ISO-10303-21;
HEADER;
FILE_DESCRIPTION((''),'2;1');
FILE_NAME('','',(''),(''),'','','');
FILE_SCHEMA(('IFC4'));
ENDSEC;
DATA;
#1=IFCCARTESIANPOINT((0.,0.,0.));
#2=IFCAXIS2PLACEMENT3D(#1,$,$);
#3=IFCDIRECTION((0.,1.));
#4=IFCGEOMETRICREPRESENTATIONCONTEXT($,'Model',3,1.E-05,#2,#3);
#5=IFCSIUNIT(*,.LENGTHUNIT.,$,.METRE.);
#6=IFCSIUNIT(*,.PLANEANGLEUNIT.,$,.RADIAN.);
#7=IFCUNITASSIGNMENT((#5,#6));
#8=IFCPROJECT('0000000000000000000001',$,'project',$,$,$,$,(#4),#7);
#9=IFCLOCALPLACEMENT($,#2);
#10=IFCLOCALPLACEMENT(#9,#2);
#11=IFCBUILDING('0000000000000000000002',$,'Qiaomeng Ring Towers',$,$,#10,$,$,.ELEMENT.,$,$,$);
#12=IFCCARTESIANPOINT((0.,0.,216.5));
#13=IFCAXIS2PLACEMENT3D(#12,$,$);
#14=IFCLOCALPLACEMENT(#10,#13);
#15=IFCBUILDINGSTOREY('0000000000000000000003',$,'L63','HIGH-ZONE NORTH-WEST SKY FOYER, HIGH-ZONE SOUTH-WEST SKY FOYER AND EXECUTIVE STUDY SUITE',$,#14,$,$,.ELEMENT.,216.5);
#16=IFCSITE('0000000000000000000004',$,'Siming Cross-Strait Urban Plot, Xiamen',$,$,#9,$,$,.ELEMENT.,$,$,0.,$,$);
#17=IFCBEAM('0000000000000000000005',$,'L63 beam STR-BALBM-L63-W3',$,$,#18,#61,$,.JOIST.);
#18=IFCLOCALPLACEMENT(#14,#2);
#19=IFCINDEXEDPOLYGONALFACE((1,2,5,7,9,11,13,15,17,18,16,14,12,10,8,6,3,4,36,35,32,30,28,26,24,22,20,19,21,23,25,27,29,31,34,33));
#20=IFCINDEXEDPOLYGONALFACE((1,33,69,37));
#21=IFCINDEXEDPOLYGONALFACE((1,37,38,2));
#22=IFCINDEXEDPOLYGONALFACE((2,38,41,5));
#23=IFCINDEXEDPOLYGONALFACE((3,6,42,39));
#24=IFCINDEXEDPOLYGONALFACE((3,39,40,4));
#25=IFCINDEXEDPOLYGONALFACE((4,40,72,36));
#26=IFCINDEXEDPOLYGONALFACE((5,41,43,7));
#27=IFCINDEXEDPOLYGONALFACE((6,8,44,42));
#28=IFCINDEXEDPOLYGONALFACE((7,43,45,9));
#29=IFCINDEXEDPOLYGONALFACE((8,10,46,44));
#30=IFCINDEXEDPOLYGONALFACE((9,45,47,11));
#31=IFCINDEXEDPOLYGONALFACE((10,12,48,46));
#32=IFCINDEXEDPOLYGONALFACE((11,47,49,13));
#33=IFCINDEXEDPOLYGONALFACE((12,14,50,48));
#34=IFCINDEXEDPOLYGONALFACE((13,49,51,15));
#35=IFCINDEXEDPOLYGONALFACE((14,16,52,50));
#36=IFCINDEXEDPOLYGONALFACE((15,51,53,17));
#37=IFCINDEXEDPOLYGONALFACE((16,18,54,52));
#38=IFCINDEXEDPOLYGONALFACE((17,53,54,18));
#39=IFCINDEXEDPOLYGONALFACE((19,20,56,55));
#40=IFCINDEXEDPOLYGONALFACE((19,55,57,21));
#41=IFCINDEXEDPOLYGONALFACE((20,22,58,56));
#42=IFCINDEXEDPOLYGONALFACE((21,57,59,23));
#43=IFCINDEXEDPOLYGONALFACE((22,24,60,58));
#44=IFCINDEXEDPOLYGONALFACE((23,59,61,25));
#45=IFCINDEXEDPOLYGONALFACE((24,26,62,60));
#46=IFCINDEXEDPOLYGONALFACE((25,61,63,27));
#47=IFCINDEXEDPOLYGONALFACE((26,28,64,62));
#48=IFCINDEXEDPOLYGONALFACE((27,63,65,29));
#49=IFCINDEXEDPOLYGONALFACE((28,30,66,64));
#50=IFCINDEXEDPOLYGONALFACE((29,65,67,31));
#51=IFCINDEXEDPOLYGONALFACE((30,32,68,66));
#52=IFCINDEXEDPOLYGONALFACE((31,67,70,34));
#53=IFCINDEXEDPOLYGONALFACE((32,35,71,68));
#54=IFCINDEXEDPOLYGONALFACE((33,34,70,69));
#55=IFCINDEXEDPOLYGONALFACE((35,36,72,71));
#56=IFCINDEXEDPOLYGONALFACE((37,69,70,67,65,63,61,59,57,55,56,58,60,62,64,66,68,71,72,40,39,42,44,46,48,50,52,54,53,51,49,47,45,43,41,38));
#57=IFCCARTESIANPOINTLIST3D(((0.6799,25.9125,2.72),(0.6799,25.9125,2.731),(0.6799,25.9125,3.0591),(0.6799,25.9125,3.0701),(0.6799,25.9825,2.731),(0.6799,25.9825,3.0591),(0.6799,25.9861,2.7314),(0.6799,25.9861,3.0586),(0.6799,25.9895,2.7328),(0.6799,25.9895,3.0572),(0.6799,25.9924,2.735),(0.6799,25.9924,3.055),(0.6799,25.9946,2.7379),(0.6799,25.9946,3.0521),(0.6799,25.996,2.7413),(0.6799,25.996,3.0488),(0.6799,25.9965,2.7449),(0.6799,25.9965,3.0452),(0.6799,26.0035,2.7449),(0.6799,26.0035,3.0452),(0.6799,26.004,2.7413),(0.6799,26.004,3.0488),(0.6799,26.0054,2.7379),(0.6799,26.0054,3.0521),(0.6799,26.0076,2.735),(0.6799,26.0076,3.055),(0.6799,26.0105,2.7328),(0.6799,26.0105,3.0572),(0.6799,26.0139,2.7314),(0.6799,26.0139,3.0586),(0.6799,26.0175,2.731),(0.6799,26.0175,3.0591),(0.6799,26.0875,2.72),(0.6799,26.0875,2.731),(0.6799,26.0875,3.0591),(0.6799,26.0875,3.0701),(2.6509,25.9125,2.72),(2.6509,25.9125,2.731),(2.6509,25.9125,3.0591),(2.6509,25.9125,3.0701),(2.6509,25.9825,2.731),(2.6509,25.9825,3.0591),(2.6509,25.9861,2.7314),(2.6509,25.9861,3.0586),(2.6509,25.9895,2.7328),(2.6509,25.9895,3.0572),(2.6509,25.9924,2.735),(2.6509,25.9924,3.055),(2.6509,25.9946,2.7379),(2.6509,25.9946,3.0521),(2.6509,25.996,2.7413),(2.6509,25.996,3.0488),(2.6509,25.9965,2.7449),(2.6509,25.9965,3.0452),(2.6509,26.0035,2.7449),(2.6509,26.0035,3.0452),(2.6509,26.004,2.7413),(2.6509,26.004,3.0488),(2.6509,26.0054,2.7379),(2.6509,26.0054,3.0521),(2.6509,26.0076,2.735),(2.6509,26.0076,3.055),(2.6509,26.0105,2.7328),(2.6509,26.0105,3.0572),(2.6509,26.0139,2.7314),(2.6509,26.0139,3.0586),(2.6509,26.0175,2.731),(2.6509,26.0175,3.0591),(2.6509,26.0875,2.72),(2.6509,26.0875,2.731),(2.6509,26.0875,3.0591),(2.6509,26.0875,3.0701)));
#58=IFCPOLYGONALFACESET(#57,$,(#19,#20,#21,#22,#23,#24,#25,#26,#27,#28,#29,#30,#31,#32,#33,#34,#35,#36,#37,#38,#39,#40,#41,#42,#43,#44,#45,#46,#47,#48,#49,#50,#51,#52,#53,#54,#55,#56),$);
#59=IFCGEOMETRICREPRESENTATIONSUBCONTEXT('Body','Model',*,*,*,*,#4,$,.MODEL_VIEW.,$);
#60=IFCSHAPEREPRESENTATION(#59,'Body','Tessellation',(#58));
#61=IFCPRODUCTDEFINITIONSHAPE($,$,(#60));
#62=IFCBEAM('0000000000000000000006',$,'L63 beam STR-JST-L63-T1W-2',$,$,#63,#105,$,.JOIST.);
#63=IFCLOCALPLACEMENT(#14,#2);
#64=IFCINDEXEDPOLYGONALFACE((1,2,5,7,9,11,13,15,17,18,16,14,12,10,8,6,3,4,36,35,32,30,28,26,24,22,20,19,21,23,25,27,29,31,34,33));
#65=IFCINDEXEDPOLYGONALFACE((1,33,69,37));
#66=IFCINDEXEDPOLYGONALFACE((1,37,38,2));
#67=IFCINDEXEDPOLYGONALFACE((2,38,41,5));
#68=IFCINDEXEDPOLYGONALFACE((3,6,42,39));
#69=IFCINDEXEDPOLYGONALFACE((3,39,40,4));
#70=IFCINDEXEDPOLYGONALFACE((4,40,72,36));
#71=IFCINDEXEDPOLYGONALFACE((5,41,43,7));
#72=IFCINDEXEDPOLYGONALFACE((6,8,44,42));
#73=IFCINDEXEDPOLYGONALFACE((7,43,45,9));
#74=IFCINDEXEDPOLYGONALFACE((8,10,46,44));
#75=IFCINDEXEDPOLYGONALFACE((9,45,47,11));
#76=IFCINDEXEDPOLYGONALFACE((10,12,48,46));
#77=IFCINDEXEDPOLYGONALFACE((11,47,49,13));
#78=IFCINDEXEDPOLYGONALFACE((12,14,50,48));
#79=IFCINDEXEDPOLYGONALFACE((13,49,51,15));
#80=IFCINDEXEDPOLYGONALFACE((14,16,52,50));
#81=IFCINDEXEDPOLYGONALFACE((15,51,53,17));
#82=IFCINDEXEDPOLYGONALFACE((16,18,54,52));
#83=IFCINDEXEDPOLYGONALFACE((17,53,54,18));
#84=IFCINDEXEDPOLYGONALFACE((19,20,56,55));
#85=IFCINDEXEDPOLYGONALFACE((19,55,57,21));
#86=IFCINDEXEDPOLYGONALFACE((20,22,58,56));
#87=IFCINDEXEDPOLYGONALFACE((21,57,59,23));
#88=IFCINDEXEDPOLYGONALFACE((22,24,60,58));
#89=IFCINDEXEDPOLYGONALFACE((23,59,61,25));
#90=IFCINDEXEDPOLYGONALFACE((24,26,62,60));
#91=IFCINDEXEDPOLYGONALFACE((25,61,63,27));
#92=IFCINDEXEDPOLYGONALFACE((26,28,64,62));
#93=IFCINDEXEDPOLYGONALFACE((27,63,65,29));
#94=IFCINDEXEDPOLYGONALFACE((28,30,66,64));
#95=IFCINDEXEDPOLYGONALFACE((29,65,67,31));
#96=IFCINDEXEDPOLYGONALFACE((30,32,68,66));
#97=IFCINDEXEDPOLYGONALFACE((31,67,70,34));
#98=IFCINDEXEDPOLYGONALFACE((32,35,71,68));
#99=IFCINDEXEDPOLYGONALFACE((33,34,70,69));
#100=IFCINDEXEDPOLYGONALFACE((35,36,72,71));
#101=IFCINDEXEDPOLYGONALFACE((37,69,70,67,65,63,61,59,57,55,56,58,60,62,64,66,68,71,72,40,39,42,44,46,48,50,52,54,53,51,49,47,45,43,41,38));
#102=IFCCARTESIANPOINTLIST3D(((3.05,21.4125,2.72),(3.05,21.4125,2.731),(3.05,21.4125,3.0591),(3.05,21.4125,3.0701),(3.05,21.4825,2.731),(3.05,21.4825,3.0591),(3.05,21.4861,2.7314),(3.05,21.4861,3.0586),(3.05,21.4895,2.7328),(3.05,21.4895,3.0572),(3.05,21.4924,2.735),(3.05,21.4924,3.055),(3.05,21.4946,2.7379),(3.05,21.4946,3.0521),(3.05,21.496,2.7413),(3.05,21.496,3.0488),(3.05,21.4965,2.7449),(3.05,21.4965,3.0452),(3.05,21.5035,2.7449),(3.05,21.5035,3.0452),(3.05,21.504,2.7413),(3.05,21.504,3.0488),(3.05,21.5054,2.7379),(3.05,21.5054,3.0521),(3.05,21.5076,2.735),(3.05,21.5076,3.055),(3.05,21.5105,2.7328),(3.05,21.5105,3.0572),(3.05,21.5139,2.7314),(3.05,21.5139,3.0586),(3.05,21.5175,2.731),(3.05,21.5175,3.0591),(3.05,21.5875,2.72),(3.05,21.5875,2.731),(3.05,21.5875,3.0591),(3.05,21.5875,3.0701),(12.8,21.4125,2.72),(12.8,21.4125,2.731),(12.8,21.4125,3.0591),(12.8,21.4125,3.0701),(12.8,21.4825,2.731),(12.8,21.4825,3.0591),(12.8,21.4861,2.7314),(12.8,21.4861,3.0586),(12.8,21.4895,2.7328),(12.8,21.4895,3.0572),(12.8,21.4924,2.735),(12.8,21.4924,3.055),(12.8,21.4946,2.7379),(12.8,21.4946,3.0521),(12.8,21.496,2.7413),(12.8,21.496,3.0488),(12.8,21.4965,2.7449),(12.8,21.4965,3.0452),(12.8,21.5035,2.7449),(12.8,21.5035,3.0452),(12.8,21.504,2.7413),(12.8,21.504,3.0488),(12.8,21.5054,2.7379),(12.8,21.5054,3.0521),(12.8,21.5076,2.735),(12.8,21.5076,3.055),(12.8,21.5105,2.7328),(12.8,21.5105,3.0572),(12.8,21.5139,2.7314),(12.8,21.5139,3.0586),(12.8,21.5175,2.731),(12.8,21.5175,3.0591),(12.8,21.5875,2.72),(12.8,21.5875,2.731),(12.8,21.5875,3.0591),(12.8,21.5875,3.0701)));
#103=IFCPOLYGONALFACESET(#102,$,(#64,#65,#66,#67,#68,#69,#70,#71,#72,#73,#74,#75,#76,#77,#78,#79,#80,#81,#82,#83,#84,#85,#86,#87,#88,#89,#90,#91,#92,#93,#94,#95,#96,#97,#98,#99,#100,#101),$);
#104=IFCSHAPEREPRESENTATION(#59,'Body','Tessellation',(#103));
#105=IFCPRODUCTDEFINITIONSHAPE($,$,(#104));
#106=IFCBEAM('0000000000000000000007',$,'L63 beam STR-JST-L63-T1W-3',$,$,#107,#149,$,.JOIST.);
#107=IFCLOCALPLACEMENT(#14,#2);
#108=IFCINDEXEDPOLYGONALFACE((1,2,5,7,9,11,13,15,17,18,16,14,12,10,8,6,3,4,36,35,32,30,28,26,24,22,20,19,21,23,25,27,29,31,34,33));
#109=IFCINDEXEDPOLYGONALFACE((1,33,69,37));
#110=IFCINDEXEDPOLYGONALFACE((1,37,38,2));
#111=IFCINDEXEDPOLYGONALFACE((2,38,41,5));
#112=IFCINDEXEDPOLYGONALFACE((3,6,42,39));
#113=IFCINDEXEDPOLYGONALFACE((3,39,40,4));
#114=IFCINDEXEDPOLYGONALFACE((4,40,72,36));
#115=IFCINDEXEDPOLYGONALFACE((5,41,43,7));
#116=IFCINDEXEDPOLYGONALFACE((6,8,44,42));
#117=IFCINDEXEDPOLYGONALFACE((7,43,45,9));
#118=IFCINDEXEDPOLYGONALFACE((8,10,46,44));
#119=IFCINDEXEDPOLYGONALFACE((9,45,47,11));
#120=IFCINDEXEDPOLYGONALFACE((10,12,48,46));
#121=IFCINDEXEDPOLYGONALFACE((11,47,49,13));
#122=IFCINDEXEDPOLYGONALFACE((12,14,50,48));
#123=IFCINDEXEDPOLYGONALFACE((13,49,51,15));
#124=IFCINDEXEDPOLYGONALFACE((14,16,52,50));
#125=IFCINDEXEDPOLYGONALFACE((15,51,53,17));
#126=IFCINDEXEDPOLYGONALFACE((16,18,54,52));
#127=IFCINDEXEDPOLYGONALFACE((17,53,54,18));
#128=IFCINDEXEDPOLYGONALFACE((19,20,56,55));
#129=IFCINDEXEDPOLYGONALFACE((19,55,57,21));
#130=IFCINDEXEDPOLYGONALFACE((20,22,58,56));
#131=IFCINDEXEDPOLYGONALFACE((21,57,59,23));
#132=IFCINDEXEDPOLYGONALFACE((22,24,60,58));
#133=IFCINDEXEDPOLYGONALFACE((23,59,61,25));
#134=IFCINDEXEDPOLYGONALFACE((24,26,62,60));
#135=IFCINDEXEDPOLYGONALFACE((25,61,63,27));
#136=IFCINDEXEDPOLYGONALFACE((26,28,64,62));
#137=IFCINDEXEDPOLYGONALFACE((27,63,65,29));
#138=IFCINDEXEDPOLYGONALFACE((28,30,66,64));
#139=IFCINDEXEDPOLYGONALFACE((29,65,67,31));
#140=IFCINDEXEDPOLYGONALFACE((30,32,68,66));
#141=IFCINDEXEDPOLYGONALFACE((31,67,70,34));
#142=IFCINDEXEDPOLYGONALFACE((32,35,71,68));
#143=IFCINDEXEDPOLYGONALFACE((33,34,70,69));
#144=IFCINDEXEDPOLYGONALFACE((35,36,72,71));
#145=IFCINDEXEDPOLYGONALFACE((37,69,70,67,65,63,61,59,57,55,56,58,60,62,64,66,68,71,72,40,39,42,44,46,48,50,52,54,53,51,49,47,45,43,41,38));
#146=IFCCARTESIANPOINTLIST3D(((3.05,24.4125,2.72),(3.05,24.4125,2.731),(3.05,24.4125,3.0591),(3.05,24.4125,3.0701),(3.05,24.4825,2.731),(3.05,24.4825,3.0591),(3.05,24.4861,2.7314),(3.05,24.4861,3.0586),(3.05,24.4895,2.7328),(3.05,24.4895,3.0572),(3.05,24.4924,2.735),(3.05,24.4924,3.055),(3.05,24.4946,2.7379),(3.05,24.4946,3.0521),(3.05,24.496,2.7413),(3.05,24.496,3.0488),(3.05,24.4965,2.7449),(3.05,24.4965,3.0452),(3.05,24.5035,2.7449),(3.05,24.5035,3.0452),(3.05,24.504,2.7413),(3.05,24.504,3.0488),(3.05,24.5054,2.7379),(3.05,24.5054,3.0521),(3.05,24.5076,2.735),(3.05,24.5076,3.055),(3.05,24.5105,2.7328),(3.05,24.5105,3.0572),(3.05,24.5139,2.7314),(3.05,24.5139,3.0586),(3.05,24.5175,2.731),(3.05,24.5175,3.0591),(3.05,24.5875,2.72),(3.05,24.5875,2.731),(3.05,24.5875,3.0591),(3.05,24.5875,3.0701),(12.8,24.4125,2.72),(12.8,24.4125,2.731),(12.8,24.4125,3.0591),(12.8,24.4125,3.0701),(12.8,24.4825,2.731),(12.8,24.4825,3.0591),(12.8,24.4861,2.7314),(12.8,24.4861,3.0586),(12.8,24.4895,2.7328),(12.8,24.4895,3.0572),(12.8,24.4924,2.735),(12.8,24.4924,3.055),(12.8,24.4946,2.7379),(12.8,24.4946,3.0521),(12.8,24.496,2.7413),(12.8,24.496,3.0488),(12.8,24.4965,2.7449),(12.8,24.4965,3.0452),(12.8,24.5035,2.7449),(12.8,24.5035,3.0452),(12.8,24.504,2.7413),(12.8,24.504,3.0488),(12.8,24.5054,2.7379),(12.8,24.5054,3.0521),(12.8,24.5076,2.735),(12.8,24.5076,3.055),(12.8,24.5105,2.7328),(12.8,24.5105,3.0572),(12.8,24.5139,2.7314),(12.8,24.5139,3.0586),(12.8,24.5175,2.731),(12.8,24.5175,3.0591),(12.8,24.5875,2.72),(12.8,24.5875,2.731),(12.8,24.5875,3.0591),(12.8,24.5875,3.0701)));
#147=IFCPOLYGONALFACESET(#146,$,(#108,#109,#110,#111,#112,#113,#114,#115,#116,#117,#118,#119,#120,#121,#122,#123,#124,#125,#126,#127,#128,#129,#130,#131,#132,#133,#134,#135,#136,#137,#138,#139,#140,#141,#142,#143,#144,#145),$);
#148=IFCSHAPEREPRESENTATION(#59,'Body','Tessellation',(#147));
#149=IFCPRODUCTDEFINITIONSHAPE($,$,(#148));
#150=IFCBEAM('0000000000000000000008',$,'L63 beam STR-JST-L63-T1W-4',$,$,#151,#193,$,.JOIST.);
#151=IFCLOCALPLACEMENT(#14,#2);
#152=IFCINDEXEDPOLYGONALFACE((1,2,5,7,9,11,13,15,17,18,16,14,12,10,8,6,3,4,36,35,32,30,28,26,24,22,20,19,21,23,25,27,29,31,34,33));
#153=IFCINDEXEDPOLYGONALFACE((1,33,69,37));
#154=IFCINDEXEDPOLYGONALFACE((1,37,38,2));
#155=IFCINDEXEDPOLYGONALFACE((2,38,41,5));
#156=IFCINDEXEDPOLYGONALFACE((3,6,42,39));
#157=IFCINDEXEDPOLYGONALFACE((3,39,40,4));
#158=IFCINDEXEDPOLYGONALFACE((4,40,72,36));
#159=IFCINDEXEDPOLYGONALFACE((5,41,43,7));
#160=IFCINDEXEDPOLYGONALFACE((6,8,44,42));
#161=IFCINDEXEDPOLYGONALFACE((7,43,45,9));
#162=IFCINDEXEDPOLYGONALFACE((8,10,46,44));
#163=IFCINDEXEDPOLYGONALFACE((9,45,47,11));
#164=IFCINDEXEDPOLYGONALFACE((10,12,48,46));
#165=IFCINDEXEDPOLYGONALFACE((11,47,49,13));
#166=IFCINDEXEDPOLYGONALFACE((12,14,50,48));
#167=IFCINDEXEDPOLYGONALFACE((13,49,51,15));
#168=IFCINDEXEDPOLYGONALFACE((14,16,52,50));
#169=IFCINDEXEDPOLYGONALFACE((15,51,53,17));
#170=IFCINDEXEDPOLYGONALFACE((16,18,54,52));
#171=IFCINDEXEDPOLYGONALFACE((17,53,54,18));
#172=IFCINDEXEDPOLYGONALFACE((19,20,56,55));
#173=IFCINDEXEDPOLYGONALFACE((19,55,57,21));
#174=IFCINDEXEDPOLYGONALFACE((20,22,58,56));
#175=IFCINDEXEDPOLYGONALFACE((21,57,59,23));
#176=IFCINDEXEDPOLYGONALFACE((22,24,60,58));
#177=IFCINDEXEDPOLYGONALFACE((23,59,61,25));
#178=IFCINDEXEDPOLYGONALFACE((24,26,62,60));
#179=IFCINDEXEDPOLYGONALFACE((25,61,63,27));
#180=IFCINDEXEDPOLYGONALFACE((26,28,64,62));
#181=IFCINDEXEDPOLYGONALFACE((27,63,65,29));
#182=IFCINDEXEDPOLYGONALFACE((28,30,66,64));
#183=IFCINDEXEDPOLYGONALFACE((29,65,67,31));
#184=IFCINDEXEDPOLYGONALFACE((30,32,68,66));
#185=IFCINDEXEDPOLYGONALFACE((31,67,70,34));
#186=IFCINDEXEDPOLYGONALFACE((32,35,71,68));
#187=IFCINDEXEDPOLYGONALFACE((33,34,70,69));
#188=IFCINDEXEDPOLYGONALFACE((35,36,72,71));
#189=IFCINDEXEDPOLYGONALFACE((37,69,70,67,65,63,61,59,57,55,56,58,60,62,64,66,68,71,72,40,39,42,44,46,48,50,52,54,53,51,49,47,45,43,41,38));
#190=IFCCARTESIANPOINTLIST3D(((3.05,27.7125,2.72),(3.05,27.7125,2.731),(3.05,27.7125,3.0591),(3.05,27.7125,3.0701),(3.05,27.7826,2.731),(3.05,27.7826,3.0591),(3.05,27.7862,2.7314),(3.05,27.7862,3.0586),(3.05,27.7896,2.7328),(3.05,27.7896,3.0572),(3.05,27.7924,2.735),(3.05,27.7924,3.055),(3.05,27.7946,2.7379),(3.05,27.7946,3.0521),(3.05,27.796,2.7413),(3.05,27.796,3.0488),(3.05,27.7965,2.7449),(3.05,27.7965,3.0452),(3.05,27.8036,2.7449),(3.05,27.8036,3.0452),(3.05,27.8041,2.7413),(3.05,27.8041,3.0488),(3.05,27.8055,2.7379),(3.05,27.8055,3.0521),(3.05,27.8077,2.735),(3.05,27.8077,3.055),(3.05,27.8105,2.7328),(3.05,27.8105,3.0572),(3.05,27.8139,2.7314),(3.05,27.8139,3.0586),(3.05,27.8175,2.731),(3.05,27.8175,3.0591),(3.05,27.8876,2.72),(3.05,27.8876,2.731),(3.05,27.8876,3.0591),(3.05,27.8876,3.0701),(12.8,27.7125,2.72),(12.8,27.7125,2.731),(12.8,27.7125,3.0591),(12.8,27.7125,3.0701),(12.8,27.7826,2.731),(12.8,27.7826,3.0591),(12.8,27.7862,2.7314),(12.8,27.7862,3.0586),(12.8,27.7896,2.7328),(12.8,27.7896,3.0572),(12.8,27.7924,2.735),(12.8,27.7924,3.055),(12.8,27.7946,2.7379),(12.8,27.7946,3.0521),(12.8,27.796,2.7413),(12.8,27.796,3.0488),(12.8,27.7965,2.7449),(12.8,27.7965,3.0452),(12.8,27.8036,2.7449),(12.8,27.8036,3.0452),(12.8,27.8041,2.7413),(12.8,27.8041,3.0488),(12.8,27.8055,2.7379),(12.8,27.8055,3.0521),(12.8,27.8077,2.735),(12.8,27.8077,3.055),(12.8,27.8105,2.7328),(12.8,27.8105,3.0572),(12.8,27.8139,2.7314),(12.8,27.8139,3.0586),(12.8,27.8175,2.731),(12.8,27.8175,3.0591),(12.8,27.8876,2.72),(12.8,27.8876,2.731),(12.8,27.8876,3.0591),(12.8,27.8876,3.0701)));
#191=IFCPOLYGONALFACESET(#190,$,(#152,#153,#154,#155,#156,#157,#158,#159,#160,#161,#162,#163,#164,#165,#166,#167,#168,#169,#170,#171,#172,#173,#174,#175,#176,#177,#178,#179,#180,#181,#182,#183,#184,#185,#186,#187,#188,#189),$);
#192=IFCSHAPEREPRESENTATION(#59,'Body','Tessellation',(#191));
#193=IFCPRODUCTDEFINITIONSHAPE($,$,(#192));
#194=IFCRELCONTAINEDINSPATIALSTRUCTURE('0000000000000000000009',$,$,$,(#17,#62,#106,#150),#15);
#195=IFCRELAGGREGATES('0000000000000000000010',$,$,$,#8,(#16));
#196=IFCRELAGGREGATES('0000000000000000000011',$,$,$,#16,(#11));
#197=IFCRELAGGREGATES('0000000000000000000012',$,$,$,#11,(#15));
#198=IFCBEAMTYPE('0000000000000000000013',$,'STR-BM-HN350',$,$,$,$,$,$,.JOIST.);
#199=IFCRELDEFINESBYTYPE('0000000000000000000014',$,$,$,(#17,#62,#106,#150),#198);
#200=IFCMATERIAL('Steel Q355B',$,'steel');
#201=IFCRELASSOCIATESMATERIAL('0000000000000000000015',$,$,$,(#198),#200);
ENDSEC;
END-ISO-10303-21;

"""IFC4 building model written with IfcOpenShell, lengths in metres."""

from ifc_helpers import new_model, si_unit, direction, frame, origin, origin_2d, place, context, subcontext, project, spatial, i_section, extrude, source, transform, mapped, material, material_profile, profile_set, type_object, element, save


model = new_model("IFC4")

# Units and contexts
model_context = context("Model", 3, precision=1e-05, world=origin(), true_north=direction((0.0, 1.0)))
body_context = subcontext(model_context, "Body", "Model", "MODEL_VIEW")
ifc_project = project(units=[si_unit("LENGTHUNIT", "METRE"), si_unit("PLANEANGLEUNIT", "RADIAN")], contexts=[model_context])

# Site, building, storey
site_placement = place(None, origin())
site = spatial("IfcSite", under=ifc_project, at=site_placement, Name="Siming Cross-Strait Urban Plot, Xiamen", CompositionType="ELEMENT", RefElevation=0.0)
building_placement = place(site_placement, origin())
building = spatial("IfcBuilding", under=site, at=building_placement, Name="Qiaomeng Ring Towers", CompositionType="ELEMENT")
storey_placement = place(building_placement, frame((0.0, 0.0, 216.5)))
storey = spatial("IfcBuildingStorey", under=building, at=storey_placement, Name="L63", Description="HIGH-ZONE NORTH-WEST SKY FOYER, HIGH-ZONE SOUTH-WEST SKY FOYER AND EXECUTIVE STUDY SUITE", CompositionType="ELEMENT", Elevation=216.5)

# Beams
ifc_material_1 = material(Name="Steel Q355B", Category="steel")
ifc_material_profile_1 = material_profile(ifc_material_1, i_section(OverallWidth=0.175, OverallDepth=0.3501, WebThickness=0.0071, FlangeThickness=0.011, FilletRadius=0.0139, at=origin_2d()), Name="HN 350x175x7x11")
ifc_profile_set_1 = profile_set([ifc_material_profile_1], Name="Steel Q355B")
beam_type_1 = type_object("IfcBeamType", Name="STR-BM-HN350", PredefinedType="JOIST", material=ifc_profile_set_1)
shared_shape_1 = source(origin(), body_context, "Body", "SweptSolid", [
    extrude(i_section(OverallWidth=0.175, OverallDepth=0.3501, WebThickness=0.0071, FlangeThickness=0.011, FilletRadius=0.0139, at=origin_2d()), origin(), (0.0, 0.0, 1.0), 1.9709),
])
for number, where, z_axis, x_axis, name in (
    (1, (0.6799, 26.0, 2.895), (1.0, 0.0, 0.0), (0.0, 1.0, 0.0), "L63 beam STR-BALBM-L63-W3"),
):
    element("IfcBeam", number, at=place(storey_placement, frame(where, z_axis=z_axis, x_axis=x_axis)), inside=storey, type_object=beam_type_1, Name=name, PredefinedType="JOIST", context=body_context, shape_type="MappedRepresentation", body=[
        mapped(shared_shape_1, transform((0.0, 0.0, 0.0), x_axis=(1.0, 0.0, 0.0), y_axis=(0.0, 1.0, 0.0), z_axis=(0.0, 0.0, 1.0), scale=1.0)),
    ])
shared_shape_2 = source(origin(), body_context, "Body", "SweptSolid", [
    extrude(i_section(OverallWidth=0.175, OverallDepth=0.3501, WebThickness=0.0071, FlangeThickness=0.011, FilletRadius=0.0139, at=origin_2d()), origin(), (0.0, 0.0, 1.0), 9.75),
])
for number, where, z_axis, x_axis, name in (
    (2, (3.05, 21.5, 2.895), (1.0, 0.0, 0.0), (0.0, 1.0, 0.0), "L63 beam STR-JST-L63-T1W-2"),
    (3, (3.05, 24.5, 2.895), (1.0, 0.0, 0.0), (0.0, 1.0, 0.0), "L63 beam STR-JST-L63-T1W-3"),
    (4, (3.05, 27.8, 2.895), (1.0, 0.0, 0.0), (0.0, 1.0, 0.0), "L63 beam STR-JST-L63-T1W-4"),
):
    element("IfcBeam", number, at=place(storey_placement, frame(where, z_axis=z_axis, x_axis=x_axis)), inside=storey, type_object=beam_type_1, Name=name, PredefinedType="JOIST", context=body_context, shape_type="MappedRepresentation", body=[
        mapped(shared_shape_2, transform((0.0, 0.0, 0.0), x_axis=(1.0, 0.0, 0.0), y_axis=(0.0, 1.0, 0.0), z_axis=(0.0, 0.0, 1.0), scale=1.0)),
    ])

save(model, "model.ifc")
